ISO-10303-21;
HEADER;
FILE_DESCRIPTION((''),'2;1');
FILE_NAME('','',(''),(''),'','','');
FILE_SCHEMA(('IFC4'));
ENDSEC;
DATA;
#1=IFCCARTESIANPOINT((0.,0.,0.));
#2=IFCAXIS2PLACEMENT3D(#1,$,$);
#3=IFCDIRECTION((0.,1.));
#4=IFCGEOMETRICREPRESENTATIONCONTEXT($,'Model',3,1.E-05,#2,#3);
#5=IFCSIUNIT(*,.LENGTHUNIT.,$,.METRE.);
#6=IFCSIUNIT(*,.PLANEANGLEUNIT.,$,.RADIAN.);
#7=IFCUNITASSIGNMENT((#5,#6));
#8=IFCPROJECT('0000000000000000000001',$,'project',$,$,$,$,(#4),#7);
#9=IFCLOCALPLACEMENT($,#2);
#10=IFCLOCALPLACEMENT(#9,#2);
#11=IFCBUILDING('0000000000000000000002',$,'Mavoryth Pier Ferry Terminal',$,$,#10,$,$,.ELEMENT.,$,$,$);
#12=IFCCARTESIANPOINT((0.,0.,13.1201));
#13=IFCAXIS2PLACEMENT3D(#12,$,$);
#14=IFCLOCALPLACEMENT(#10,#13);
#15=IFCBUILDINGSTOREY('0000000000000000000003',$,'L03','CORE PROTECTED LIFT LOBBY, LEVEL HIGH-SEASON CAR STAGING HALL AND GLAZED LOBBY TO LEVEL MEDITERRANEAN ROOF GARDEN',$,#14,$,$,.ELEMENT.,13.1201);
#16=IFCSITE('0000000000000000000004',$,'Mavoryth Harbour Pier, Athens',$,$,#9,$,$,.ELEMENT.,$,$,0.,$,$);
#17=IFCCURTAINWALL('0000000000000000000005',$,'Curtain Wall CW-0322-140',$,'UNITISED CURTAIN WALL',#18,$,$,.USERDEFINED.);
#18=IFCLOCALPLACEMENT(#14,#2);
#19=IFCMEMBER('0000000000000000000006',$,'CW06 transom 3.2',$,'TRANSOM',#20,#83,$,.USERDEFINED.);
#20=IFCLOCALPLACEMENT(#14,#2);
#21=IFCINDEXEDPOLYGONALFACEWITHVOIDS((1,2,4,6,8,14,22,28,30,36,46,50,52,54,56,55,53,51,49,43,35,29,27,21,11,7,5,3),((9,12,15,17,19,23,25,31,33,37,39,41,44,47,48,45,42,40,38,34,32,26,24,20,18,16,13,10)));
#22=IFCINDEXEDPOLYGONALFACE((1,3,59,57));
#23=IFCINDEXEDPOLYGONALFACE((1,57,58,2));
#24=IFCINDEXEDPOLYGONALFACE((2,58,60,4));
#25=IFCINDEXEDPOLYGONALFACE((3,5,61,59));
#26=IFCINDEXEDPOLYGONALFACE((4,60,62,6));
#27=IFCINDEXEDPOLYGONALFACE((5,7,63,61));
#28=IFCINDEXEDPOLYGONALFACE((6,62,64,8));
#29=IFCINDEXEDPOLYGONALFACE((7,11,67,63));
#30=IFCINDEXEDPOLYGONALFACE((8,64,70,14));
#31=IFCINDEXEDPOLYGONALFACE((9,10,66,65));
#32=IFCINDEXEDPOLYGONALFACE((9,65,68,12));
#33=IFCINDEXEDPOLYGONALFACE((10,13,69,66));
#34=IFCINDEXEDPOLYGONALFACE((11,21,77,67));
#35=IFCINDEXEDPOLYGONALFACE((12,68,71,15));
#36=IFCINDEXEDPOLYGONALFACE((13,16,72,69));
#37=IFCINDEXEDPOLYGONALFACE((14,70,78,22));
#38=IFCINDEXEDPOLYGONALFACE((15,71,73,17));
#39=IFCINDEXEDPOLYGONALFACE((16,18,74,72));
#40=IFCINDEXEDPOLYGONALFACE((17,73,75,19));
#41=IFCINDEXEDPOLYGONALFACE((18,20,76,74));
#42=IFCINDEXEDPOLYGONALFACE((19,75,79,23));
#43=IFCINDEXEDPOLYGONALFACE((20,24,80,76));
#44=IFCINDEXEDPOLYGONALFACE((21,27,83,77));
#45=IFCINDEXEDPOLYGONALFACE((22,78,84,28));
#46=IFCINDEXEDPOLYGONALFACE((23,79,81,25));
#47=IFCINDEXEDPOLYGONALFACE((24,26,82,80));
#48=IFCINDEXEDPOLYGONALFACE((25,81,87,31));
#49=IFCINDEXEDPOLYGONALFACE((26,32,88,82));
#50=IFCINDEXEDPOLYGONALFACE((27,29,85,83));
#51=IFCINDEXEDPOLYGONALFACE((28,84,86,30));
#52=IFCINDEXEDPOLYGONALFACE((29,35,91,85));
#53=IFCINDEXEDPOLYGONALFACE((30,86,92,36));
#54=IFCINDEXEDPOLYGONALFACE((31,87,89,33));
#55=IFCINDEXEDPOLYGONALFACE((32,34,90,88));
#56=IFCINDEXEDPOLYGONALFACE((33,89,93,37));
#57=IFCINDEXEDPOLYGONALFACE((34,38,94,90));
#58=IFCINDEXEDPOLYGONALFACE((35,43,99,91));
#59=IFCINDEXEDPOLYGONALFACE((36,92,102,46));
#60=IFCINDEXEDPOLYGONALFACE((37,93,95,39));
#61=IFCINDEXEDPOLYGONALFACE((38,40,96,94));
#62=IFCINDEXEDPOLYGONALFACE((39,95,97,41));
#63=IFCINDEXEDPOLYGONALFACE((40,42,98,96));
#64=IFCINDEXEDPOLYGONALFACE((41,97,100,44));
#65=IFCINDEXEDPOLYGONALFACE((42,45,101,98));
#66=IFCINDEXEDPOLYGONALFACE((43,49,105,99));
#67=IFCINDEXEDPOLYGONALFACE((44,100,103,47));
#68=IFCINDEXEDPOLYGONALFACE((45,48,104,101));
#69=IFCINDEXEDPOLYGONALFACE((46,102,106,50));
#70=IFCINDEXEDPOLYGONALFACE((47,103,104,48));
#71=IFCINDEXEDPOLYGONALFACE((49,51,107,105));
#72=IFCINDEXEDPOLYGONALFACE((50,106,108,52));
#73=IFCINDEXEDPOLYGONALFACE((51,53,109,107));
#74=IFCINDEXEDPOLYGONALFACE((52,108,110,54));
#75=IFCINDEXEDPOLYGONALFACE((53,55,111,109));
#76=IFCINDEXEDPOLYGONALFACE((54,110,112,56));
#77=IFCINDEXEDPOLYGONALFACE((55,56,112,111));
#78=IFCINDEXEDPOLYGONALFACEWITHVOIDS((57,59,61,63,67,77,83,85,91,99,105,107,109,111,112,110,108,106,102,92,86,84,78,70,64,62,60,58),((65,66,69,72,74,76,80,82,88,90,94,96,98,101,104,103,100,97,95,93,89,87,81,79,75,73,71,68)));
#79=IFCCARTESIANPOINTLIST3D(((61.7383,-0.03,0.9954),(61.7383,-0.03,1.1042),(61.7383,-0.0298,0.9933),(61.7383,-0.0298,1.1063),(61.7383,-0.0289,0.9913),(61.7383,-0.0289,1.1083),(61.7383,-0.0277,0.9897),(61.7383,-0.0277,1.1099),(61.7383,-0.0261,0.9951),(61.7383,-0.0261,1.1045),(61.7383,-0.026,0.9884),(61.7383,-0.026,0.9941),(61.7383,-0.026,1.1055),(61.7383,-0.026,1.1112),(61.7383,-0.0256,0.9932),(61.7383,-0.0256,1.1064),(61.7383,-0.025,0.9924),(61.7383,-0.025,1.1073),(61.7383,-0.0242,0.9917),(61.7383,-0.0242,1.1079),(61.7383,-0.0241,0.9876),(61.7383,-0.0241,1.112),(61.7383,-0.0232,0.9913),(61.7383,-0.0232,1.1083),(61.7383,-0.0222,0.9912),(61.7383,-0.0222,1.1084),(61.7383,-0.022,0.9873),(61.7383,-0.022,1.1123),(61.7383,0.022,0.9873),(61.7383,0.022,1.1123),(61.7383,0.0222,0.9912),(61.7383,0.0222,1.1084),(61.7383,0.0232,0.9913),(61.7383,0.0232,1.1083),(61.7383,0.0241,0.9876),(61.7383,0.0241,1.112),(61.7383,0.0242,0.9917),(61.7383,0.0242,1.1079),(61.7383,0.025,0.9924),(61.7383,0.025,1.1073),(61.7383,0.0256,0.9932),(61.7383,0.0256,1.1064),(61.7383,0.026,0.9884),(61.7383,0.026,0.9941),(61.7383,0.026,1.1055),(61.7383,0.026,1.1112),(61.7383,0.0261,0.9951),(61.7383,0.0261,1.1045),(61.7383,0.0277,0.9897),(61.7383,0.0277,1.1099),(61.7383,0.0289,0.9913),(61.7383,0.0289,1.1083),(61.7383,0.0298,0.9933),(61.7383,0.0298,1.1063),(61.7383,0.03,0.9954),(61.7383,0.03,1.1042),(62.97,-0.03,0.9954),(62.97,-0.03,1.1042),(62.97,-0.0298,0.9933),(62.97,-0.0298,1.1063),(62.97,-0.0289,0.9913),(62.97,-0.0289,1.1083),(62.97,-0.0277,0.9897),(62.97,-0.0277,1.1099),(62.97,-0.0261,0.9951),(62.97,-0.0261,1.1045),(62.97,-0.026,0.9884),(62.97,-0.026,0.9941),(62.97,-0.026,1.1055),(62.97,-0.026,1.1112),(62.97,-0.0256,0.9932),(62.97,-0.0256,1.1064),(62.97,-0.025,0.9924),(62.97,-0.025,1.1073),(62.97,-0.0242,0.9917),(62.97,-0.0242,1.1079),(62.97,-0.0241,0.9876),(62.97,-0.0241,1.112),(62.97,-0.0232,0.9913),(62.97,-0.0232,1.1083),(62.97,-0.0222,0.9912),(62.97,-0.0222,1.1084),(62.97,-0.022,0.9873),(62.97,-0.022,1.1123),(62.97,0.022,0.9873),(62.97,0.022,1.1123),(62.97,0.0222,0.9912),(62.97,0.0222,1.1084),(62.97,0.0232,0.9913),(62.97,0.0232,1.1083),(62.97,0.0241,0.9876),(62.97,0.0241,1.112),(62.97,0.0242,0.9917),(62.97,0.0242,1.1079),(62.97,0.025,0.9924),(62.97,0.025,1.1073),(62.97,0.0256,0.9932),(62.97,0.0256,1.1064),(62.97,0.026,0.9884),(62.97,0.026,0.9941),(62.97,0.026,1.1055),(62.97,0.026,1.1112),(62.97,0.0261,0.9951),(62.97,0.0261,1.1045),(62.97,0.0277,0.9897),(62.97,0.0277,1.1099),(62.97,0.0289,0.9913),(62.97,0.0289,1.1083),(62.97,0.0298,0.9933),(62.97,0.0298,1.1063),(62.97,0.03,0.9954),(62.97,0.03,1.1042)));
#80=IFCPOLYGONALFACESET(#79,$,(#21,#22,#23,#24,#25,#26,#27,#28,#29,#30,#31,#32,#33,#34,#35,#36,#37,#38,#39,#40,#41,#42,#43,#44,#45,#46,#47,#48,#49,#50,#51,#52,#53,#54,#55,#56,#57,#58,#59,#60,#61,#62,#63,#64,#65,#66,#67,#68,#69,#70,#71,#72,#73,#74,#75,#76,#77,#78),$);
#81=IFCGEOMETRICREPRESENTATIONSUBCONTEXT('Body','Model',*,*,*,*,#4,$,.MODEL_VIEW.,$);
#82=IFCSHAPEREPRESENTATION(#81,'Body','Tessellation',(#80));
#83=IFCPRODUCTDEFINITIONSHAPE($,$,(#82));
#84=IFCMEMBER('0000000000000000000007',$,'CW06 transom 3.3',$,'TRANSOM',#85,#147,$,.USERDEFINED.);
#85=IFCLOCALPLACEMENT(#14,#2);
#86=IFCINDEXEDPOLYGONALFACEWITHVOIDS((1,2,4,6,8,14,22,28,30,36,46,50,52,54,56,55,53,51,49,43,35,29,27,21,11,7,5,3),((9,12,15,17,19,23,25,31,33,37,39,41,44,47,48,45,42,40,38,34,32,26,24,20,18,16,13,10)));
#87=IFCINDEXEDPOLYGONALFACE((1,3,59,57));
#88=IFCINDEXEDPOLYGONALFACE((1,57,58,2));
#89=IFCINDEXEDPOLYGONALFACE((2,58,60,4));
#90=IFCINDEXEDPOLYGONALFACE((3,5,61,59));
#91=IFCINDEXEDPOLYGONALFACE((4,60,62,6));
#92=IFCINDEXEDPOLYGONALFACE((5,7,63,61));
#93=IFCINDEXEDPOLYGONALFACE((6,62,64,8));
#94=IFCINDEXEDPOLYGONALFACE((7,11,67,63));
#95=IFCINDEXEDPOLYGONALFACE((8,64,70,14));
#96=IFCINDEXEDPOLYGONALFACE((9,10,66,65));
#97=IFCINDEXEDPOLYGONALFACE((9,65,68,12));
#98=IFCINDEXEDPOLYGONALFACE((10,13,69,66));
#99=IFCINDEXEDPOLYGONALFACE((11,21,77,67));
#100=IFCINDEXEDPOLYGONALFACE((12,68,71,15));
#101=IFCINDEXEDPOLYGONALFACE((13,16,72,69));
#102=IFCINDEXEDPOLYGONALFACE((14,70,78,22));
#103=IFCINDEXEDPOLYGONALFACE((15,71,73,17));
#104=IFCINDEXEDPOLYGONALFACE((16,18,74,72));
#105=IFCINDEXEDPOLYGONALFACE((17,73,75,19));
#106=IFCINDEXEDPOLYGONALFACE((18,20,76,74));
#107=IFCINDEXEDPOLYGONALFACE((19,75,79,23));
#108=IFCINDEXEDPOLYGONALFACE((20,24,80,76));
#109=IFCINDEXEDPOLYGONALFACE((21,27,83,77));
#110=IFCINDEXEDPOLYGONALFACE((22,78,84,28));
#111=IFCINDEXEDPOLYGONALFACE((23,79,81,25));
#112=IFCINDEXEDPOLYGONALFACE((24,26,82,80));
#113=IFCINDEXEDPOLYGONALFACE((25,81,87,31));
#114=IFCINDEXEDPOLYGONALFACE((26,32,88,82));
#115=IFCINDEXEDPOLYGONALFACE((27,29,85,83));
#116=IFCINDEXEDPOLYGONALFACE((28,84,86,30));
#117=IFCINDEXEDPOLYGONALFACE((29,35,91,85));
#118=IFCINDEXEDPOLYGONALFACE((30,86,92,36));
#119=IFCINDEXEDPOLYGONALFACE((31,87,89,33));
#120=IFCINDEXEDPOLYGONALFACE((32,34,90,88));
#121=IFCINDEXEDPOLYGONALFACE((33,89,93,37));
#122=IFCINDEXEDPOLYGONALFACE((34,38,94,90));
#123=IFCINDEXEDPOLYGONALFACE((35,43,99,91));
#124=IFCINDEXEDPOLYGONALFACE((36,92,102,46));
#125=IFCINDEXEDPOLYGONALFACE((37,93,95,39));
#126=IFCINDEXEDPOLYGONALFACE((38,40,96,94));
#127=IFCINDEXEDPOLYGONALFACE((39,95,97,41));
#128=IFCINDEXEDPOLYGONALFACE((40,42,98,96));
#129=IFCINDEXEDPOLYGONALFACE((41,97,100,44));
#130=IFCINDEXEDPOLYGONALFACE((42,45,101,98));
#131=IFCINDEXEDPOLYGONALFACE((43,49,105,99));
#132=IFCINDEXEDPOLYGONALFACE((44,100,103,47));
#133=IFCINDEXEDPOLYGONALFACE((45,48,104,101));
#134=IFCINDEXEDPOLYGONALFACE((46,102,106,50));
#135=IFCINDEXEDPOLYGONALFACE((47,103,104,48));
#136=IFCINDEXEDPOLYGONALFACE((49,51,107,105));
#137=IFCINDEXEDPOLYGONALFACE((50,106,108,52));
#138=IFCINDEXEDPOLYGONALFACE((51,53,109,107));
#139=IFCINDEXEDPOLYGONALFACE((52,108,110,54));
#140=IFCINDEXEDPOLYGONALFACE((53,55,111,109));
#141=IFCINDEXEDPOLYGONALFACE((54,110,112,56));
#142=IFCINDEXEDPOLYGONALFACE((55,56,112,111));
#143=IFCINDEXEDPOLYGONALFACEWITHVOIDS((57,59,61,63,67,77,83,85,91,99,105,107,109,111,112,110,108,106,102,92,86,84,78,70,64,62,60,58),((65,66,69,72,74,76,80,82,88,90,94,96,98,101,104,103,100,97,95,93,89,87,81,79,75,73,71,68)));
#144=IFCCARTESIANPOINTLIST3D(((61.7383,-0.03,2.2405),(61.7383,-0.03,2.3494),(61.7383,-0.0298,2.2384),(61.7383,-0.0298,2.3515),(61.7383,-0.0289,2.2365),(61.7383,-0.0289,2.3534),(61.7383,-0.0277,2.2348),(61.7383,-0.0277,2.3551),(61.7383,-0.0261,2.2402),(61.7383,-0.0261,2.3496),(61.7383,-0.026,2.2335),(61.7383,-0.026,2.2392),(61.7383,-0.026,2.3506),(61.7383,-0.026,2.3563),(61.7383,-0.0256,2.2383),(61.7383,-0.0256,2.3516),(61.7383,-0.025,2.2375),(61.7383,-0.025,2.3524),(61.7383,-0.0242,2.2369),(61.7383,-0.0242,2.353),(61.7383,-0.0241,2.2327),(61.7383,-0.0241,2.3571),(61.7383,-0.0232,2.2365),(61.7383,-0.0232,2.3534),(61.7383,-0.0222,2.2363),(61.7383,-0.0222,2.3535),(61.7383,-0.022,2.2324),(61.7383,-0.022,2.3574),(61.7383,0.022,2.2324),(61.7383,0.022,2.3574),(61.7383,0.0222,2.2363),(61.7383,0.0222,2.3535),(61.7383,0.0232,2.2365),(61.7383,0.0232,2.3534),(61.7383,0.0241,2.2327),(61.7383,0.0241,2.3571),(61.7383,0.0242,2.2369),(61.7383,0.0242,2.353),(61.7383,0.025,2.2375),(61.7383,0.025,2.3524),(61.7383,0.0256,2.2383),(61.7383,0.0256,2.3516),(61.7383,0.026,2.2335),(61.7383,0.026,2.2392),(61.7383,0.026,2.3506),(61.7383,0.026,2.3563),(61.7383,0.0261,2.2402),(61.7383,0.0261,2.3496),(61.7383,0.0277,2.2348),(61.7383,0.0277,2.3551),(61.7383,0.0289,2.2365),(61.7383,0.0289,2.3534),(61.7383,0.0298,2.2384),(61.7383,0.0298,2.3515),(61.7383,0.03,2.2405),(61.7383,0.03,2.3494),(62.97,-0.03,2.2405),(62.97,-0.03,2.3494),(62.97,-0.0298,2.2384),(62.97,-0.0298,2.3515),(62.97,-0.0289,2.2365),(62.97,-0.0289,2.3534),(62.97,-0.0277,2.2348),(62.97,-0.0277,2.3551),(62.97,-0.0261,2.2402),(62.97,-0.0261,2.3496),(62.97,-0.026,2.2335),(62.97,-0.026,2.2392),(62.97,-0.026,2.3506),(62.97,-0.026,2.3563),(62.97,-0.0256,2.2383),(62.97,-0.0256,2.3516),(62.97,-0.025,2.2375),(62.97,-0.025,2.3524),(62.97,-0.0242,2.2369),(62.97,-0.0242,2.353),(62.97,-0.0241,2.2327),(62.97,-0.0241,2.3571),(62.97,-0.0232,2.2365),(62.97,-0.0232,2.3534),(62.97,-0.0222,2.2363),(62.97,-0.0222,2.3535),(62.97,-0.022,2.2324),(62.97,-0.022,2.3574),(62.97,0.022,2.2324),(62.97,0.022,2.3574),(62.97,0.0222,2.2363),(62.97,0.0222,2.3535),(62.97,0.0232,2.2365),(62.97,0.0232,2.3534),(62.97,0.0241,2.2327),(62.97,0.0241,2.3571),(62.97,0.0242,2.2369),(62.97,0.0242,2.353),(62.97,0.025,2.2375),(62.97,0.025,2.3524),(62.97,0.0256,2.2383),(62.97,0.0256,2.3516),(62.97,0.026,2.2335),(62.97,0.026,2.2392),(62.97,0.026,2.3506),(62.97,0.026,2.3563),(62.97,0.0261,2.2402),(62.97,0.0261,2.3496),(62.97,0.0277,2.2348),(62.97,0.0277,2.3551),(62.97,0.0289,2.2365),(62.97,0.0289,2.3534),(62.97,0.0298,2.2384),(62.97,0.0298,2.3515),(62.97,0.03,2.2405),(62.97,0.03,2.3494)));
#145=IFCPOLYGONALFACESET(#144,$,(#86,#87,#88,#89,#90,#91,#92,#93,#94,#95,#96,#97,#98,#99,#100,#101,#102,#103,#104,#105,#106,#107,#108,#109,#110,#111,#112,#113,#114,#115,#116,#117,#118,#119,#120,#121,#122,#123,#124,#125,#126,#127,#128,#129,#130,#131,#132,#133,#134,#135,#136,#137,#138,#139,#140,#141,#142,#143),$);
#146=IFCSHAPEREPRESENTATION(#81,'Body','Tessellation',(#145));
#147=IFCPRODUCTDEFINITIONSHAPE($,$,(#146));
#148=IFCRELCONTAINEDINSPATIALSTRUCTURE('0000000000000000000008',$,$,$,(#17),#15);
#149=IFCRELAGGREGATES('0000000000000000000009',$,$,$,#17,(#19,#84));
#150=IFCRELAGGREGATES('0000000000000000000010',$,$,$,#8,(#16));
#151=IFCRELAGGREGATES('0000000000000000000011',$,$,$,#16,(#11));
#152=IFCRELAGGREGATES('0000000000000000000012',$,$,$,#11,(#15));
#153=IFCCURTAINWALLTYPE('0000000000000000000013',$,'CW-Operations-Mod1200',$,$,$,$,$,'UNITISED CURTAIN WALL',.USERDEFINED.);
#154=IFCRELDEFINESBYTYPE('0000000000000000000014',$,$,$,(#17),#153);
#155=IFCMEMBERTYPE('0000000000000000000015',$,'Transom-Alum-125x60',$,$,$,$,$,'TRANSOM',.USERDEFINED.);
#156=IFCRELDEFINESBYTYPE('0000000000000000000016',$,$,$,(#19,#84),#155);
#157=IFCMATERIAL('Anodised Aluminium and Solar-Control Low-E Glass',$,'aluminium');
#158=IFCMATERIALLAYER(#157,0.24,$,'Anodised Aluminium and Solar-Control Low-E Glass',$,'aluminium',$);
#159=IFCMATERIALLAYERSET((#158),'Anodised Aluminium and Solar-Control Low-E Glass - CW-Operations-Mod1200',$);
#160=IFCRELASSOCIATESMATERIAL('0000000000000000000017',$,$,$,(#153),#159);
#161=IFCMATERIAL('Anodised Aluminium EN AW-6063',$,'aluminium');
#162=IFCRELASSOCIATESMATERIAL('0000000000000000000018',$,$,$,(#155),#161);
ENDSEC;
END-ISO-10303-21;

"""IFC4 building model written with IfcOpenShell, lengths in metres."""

from ifc_helpers import new_model, si_unit, direction, frame, origin, origin_2d, place, context, subcontext, project, spatial, hollow_rectangle, extrude, material, layer, layer_set, material_profile, profile_set, type_object, element, aggregate, save


model = new_model("IFC4")

# Units and contexts
model_context = context("Model", 3, precision=1e-05, world=origin(), true_north=direction((0.0, 1.0)))
body_context = subcontext(model_context, "Body", "Model", "MODEL_VIEW")
ifc_project = project(units=[si_unit("LENGTHUNIT", "METRE"), si_unit("PLANEANGLEUNIT", "RADIAN")], contexts=[model_context])

# Site, building, storey
site_placement = place(None, origin())
site = spatial("IfcSite", under=ifc_project, at=site_placement, Name="Mavoryth Harbour Pier, Athens", CompositionType="ELEMENT", RefElevation=0.0)
building_placement = place(site_placement, origin())
building = spatial("IfcBuilding", under=site, at=building_placement, Name="Mavoryth Pier Ferry Terminal", CompositionType="ELEMENT")
storey_placement = place(building_placement, frame((0.0, 0.0, 13.1201)))
storey = spatial("IfcBuildingStorey", under=building, at=storey_placement, Name="L03", Description="CORE PROTECTED LIFT LOBBY, LEVEL HIGH-SEASON CAR STAGING HALL AND GLAZED LOBBY TO LEVEL MEDITERRANEAN ROOF GARDEN", CompositionType="ELEMENT", Elevation=13.1201)

# Curtain wall, members
ifc_material_1 = material(Name="Anodised Aluminium and Solar-Control Low-E Glass", Category="aluminium")
ifc_layer_1 = layer(ifc_material_1, 0.24, Name="Anodised Aluminium and Solar-Control Low-E Glass", Category="aluminium")
ifc_layer_set_1 = layer_set([ifc_layer_1], Name="Anodised Aluminium and Solar-Control Low-E Glass - CW-Operations-Mod1200")
curtain_wall_type = type_object("IfcCurtainWallType", Name="CW-Operations-Mod1200", ElementType="UNITISED CURTAIN WALL", PredefinedType="USERDEFINED", material=ifc_layer_set_1)
curtain_wall_placement = place(storey_placement, origin())
curtain_wall = element("IfcCurtainWall", 1, at=curtain_wall_placement, inside=storey, type_object=curtain_wall_type, Name="Curtain Wall CW-0322-140", ObjectType="UNITISED CURTAIN WALL", PredefinedType="USERDEFINED")
ifc_material_2 = material(Name="Anodised Aluminium EN AW-6063", Category="aluminium")
ifc_material_profile_1 = material_profile(ifc_material_2, hollow_rectangle(XDim=0.0601, YDim=0.125, WallThickness=0.0039, InnerFilletRadius=0.0039, OuterFilletRadius=0.0081, at=origin_2d()), Name="AL-TRAN 125x60x4", Category="aluminium")
ifc_profile_set_1 = profile_set([ifc_material_profile_1], Name="Anodised Aluminium EN AW-6063 - AL-TRAN 125x60x4")
member_type_1 = type_object("IfcMemberType", Name="Transom-Alum-125x60", ElementType="TRANSOM", PredefinedType="USERDEFINED", material=ifc_profile_set_1)
member_1_placement = place(storey_placement, frame((61.7383, 0.0, 1.0498), z_axis=(1.0, 0.0, 0.0), x_axis=(0.0, 1.0, 0.0)))
member_1 = element("IfcMember", 2, at=member_1_placement, type_object=member_type_1, Name="CW06 transom 3.2", ObjectType="TRANSOM", PredefinedType="USERDEFINED", context=body_context, shape_type="SweptSolid", body=[
    extrude(hollow_rectangle(XDim=0.0601, YDim=0.125, WallThickness=0.0039, InnerFilletRadius=0.0039, OuterFilletRadius=0.0081, at=origin_2d()), origin(), (0.0, 0.0, 1.0), 1.2317),
])
member_2_placement = place(storey_placement, frame((61.7383, 0.0, 2.2949), z_axis=(1.0, 0.0, 0.0), x_axis=(0.0, 1.0, 0.0)))
member_2 = element("IfcMember", 3, at=member_2_placement, type_object=member_type_1, Name="CW06 transom 3.3", ObjectType="TRANSOM", PredefinedType="USERDEFINED", context=body_context, shape_type="SweptSolid", body=[
    extrude(hollow_rectangle(XDim=0.0601, YDim=0.125, WallThickness=0.0039, InnerFilletRadius=0.0039, OuterFilletRadius=0.0081, at=origin_2d()), origin(), (0.0, 0.0, 1.0), 1.2317),
])
aggregate(curtain_wall, [member_1, member_2])

save(model, "model.ifc")
